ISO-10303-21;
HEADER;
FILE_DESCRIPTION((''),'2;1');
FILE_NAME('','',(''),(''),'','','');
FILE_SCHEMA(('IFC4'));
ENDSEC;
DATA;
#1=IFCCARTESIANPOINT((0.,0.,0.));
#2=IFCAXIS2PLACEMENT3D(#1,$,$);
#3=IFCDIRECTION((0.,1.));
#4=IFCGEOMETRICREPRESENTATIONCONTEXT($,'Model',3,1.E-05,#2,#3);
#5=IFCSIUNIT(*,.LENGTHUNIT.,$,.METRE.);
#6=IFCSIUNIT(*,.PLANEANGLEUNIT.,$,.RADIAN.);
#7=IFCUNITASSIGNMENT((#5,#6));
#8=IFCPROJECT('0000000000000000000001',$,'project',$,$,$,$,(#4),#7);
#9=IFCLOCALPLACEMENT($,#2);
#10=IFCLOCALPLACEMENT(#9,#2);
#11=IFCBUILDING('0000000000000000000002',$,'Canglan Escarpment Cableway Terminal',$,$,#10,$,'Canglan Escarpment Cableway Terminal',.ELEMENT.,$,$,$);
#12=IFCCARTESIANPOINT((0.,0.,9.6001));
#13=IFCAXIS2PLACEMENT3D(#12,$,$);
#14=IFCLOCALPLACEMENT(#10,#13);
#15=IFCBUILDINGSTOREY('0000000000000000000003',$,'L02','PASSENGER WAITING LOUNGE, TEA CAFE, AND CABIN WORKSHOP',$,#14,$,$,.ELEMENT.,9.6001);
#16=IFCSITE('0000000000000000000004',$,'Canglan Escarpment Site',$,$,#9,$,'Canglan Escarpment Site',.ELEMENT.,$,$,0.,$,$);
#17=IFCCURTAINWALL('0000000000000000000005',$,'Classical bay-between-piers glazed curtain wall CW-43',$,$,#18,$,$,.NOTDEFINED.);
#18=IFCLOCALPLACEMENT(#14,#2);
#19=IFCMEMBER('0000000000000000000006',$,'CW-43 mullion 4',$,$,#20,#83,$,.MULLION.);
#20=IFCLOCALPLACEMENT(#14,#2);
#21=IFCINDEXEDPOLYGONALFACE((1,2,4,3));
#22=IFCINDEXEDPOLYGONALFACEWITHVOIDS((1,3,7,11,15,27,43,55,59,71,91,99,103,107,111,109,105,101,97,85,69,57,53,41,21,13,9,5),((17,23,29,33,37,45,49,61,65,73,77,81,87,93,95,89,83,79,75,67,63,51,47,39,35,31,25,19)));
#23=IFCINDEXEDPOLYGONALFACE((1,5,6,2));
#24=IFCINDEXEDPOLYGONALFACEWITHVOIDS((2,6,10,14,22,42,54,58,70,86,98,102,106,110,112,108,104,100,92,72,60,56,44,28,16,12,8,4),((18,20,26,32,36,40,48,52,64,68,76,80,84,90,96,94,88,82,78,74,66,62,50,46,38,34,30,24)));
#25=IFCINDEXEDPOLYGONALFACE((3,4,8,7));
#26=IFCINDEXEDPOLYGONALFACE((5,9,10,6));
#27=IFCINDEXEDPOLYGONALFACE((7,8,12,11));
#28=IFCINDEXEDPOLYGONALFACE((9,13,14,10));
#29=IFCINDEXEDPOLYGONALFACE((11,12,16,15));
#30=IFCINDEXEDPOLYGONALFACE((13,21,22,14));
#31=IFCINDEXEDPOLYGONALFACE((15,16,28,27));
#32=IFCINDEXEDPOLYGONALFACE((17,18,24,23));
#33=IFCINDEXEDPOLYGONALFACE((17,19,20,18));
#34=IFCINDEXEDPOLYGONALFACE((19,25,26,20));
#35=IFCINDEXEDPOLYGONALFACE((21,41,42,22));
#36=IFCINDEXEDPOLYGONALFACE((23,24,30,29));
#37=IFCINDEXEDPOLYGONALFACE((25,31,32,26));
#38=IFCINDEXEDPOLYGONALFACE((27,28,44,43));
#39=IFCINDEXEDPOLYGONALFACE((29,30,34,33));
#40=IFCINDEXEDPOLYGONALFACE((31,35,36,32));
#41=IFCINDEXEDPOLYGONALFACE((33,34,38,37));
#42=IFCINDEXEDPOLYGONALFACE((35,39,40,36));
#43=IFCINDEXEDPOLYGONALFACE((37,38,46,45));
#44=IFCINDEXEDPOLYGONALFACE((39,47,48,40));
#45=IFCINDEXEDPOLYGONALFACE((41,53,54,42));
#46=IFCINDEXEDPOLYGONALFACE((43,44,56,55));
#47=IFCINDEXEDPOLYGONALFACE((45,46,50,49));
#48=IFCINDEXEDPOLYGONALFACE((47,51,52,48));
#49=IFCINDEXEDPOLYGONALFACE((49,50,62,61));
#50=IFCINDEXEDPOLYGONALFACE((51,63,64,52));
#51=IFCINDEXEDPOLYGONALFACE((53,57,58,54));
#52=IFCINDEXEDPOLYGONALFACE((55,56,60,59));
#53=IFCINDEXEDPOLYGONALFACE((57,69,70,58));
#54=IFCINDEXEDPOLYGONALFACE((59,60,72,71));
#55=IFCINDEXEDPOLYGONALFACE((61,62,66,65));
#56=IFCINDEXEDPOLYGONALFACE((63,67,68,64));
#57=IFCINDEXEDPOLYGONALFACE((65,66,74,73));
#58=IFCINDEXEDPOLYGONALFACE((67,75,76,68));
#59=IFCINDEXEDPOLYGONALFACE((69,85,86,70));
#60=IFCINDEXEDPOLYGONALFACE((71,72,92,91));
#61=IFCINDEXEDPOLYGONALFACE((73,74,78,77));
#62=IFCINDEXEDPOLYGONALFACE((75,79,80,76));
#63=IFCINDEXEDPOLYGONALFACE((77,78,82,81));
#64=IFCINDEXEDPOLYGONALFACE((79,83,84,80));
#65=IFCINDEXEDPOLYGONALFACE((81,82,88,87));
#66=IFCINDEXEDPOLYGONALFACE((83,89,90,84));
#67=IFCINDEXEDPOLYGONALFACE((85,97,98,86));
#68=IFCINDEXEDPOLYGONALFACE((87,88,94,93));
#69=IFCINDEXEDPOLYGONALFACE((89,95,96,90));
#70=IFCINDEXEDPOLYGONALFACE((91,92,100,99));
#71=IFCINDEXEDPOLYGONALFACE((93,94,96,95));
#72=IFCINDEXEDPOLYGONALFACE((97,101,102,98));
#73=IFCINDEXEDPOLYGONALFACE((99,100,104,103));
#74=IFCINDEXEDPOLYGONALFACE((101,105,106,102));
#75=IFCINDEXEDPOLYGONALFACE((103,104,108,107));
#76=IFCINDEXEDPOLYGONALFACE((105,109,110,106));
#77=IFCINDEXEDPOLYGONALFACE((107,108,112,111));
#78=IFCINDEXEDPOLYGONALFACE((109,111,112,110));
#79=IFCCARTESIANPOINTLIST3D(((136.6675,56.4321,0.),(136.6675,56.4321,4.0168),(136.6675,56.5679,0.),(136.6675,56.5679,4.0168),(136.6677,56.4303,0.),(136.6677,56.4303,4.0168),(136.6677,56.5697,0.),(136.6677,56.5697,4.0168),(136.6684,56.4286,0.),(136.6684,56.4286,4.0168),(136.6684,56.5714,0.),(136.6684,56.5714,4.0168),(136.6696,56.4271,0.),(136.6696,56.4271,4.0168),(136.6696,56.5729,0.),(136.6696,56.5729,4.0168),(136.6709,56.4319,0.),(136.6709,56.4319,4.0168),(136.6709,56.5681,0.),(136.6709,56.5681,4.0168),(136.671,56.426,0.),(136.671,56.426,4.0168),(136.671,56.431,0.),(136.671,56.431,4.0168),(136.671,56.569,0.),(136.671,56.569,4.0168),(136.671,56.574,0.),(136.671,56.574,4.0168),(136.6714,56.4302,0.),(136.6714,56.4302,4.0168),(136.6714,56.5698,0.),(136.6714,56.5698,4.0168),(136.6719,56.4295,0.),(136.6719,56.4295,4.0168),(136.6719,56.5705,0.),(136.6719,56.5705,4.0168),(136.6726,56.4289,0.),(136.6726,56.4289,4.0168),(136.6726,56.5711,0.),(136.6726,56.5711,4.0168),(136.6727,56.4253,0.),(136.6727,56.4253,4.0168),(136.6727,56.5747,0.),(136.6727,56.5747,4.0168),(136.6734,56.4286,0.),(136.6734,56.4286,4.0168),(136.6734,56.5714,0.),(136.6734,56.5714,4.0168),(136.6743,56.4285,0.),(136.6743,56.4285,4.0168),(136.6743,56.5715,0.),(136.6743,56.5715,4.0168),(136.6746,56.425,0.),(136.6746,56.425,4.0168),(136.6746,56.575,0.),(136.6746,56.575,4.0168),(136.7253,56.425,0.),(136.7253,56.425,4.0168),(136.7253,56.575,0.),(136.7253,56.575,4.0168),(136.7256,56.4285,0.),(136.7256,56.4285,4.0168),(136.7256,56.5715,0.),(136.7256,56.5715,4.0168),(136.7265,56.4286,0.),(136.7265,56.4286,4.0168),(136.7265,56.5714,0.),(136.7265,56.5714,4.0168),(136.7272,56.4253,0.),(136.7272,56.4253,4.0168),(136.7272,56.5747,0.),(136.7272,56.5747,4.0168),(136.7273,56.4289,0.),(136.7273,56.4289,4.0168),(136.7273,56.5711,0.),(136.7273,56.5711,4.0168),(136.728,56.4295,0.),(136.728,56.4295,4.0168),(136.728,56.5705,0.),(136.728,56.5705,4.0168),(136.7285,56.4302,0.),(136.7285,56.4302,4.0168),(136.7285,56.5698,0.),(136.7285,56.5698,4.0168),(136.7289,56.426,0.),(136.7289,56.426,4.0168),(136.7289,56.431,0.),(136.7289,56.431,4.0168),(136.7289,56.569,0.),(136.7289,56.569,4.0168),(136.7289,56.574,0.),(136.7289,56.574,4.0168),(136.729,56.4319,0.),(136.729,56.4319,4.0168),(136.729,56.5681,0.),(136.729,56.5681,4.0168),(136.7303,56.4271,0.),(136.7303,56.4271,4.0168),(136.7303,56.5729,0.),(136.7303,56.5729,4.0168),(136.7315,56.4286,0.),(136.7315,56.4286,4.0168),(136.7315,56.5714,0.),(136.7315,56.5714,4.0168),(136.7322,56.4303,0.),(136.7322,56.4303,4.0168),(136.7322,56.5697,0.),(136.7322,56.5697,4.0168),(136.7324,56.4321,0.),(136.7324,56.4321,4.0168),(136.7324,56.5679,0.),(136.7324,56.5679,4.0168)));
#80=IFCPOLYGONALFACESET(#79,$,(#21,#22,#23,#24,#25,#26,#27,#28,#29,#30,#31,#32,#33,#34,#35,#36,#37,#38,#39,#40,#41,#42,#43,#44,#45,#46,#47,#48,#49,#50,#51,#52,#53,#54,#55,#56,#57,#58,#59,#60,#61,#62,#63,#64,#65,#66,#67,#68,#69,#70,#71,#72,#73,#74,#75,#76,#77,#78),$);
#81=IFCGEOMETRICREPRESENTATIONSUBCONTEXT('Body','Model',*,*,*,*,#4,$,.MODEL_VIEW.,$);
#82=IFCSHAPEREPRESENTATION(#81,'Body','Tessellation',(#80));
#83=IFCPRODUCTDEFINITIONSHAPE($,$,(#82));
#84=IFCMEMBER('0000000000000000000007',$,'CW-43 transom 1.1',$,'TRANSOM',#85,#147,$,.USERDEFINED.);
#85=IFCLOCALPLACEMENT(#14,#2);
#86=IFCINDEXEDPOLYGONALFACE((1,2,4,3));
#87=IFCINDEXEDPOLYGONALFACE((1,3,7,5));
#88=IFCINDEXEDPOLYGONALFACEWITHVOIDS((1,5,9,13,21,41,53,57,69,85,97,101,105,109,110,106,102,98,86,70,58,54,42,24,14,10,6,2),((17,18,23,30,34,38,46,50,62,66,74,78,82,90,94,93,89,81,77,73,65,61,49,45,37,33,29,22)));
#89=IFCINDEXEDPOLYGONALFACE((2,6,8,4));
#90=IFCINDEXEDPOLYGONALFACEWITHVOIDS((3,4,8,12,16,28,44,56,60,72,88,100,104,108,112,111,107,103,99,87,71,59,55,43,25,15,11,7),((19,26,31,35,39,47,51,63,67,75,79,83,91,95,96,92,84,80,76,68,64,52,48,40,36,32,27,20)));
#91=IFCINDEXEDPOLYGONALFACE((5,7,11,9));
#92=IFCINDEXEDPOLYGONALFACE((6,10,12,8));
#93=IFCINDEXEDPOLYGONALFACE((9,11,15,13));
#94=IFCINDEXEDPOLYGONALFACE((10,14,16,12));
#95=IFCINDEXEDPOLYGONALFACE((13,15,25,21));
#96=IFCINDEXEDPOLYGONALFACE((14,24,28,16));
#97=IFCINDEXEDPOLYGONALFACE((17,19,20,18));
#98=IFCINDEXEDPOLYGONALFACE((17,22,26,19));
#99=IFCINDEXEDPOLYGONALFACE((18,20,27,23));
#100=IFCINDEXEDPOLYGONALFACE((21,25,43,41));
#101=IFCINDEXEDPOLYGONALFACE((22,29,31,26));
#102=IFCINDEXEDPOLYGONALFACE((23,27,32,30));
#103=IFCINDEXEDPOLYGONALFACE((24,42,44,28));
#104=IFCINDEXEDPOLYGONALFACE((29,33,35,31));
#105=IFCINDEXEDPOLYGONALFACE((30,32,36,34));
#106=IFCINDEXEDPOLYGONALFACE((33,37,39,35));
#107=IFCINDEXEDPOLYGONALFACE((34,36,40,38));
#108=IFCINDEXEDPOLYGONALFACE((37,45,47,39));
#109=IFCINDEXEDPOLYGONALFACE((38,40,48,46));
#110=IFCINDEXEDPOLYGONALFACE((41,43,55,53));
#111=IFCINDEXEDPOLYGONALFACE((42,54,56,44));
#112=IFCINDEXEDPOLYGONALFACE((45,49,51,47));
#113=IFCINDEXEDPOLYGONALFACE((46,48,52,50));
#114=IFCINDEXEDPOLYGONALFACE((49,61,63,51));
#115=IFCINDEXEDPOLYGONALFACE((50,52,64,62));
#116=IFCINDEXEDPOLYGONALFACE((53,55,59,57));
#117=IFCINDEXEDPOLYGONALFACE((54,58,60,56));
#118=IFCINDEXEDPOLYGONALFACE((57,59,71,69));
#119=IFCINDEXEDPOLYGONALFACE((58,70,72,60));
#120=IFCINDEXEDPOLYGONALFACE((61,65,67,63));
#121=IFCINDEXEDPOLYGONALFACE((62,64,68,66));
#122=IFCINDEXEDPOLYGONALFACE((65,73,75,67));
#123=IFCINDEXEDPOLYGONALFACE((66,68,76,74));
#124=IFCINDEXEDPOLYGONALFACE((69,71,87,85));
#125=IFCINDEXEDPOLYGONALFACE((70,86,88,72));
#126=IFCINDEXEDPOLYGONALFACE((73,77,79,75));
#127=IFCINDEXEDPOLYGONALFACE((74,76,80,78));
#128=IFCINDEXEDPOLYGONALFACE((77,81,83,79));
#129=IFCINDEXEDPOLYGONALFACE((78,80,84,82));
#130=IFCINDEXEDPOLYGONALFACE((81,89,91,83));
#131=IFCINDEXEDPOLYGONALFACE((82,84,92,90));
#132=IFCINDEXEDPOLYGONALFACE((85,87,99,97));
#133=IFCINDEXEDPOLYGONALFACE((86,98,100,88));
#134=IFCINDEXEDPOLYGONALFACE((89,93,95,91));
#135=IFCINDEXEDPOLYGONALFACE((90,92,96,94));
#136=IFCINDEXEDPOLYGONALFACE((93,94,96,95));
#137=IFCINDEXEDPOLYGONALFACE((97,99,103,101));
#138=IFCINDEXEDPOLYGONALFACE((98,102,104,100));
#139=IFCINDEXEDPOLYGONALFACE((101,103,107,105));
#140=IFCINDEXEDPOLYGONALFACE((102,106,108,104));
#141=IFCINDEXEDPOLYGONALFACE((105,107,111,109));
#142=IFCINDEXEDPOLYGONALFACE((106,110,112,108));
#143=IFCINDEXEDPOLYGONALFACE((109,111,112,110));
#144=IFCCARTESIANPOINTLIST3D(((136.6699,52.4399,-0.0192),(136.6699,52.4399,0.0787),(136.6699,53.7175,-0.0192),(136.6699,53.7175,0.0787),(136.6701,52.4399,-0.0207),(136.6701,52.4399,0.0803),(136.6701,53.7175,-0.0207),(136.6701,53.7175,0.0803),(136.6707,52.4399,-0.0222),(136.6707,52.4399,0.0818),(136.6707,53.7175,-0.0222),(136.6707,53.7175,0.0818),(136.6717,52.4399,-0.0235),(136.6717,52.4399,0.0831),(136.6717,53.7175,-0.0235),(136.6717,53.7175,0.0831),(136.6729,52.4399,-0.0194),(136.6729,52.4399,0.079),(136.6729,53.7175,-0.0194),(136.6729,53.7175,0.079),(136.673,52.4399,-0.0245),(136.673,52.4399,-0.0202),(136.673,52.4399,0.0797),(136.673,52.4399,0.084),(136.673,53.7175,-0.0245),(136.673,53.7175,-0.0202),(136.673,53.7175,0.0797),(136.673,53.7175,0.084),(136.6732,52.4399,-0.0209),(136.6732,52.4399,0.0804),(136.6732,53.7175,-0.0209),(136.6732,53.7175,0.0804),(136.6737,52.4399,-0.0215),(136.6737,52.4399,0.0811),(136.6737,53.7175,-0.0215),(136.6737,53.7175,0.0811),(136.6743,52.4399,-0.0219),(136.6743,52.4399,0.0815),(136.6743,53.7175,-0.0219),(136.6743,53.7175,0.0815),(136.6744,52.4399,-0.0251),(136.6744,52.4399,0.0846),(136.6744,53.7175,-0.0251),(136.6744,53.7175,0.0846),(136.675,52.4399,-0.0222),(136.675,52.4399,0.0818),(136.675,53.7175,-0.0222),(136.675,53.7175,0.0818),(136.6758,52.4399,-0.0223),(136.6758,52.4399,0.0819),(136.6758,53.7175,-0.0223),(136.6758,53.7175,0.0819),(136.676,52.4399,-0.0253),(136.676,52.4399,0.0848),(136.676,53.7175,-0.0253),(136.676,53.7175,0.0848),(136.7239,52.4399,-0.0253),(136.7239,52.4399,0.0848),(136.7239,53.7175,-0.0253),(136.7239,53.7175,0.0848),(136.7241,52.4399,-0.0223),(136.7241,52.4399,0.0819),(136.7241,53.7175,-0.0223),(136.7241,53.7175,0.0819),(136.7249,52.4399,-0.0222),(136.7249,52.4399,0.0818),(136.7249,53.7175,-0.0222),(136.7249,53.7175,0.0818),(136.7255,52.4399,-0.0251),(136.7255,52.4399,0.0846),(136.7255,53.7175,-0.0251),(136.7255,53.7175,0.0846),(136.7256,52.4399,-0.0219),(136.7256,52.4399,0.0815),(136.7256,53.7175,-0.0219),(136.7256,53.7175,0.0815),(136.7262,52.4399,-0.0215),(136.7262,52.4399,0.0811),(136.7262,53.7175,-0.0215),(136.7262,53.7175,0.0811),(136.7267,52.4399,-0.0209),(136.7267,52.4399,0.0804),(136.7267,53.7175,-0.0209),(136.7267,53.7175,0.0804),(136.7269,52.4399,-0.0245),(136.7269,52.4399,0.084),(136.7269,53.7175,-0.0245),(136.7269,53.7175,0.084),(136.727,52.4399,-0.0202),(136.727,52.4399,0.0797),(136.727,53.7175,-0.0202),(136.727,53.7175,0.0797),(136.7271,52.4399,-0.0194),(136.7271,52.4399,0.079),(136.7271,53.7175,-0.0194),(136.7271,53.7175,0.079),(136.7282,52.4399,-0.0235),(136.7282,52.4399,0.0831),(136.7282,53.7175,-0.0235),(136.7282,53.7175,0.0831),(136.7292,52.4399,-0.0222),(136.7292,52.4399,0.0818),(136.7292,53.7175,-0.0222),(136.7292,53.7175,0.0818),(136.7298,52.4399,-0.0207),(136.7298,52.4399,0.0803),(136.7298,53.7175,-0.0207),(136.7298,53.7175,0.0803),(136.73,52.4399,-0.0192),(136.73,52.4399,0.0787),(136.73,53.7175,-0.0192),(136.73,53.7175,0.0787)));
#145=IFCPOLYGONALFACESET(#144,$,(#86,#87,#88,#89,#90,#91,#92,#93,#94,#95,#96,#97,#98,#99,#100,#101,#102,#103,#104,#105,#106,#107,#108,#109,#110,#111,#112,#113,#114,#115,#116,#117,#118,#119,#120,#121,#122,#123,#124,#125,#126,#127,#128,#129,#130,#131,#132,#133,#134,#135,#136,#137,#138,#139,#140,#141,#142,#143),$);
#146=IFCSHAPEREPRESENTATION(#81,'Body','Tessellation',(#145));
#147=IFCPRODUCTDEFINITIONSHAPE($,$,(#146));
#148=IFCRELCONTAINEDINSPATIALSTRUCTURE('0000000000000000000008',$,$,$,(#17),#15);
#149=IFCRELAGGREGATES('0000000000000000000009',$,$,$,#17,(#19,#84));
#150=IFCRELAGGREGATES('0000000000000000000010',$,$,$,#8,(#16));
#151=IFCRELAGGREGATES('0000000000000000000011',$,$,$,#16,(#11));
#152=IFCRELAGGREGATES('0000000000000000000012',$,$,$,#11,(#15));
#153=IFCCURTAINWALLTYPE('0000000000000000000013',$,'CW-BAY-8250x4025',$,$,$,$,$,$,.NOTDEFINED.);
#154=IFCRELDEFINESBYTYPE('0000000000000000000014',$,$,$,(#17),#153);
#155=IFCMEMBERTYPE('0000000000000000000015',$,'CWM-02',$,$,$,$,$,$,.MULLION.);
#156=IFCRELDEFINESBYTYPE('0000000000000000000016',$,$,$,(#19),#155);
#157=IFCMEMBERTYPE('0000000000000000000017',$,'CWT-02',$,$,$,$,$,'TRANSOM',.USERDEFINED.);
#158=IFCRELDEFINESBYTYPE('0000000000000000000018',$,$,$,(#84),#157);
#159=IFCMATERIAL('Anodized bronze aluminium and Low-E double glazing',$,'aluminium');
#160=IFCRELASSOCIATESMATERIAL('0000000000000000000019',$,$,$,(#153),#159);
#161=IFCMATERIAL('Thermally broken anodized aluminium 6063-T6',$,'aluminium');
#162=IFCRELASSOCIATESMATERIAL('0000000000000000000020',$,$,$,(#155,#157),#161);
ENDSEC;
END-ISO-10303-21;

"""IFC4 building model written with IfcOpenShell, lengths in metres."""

from ifc_helpers import new_model, si_unit, direction, frame, origin, origin_2d, place, context, subcontext, project, spatial, hollow_rectangle, extrude, material, material_profile, profile_set, type_object, element, aggregate, save


model = new_model("IFC4")

# Units and contexts
model_context = context("Model", 3, precision=1e-05, world=origin(), true_north=direction((0.0, 1.0)))
body_context = subcontext(model_context, "Body", "Model", "MODEL_VIEW")
ifc_project = project(units=[si_unit("LENGTHUNIT", "METRE"), si_unit("PLANEANGLEUNIT", "RADIAN")], contexts=[model_context])

# Site, building, storey
site_placement = place(None, origin())
site = spatial("IfcSite", under=ifc_project, at=site_placement, Name="Canglan Escarpment Site", LongName="Canglan Escarpment Site", CompositionType="ELEMENT", RefElevation=0.0)
building_placement = place(site_placement, origin())
building = spatial("IfcBuilding", under=site, at=building_placement, Name="Canglan Escarpment Cableway Terminal", LongName="Canglan Escarpment Cableway Terminal", CompositionType="ELEMENT")
storey_placement = place(building_placement, frame((0.0, 0.0, 9.6001)))
storey = spatial("IfcBuildingStorey", under=building, at=storey_placement, Name="L02", Description="PASSENGER WAITING LOUNGE, TEA CAFE, AND CABIN WORKSHOP", CompositionType="ELEMENT", Elevation=9.6001)

# Curtain wall, members
ifc_material_1 = material(Name="Anodized bronze aluminium and Low-E double glazing", Category="aluminium")
curtain_wall_type = type_object("IfcCurtainWallType", Name="CW-BAY-8250x4025", PredefinedType="NOTDEFINED", material=ifc_material_1)
curtain_wall_placement = place(storey_placement, origin())
curtain_wall = element("IfcCurtainWall", 1, at=curtain_wall_placement, inside=storey, type_object=curtain_wall_type, Name="Classical bay-between-piers glazed curtain wall CW-43", PredefinedType="NOTDEFINED")
ifc_material_2 = material(Name="Thermally broken anodized aluminium 6063-T6", Category="aluminium")
ifc_material_profile_1 = material_profile(ifc_material_2, hollow_rectangle(XDim=0.0649, YDim=0.1499, WallThickness=0.0034, InnerFilletRadius=0.0034, OuterFilletRadius=0.0071, at=origin_2d()), Name="ALU-MULL 65x150x3.5")
ifc_profile_set_1 = profile_set([ifc_material_profile_1], Name="Thermally broken anodized aluminium 6063-T6")
member_type_1 = type_object("IfcMemberType", Name="CWM-02", PredefinedType="MULLION", material=ifc_profile_set_1)
member_1_placement = place(storey_placement, frame((136.7, 56.5, 0.0), z_axis=(0.0, 0.0, 1.0), x_axis=(-1.0, 0.0, 0.0)))
member_1 = element("IfcMember", 2, at=member_1_placement, type_object=member_type_1, Name="CW-43 mullion 4", PredefinedType="MULLION", context=body_context, shape_type="SweptSolid", body=[
    extrude(hollow_rectangle(XDim=0.0649, YDim=0.1499, WallThickness=0.0034, InnerFilletRadius=0.0034, OuterFilletRadius=0.0071, at=origin_2d()), origin(), (0.0, 0.0, 1.0), 4.0168),
])
ifc_material_profile_2 = material_profile(ifc_material_2, hollow_rectangle(XDim=0.0601, YDim=0.1101, WallThickness=0.0029, InnerFilletRadius=0.0029, OuterFilletRadius=0.0061, at=origin_2d()), Name="ALU-TRAN 60x110x3")
ifc_profile_set_2 = profile_set([ifc_material_profile_2], Name="Thermally broken anodized aluminium 6063-T6")
member_type_2 = type_object("IfcMemberType", Name="CWT-02", ElementType="TRANSOM", PredefinedType="USERDEFINED", material=ifc_profile_set_2)
member_2_placement = place(storey_placement, frame((136.7, 52.4399, 0.0298), z_axis=(0.0, 1.0, 0.0), x_axis=(-1.0, 0.0, 0.0)))
member_2 = element("IfcMember", 3, at=member_2_placement, type_object=member_type_2, Name="CW-43 transom 1.1", ObjectType="TRANSOM", PredefinedType="USERDEFINED", context=body_context, shape_type="SweptSolid", body=[
    extrude(hollow_rectangle(XDim=0.0601, YDim=0.1101, WallThickness=0.0029, InnerFilletRadius=0.0029, OuterFilletRadius=0.0061, at=origin_2d()), origin(), (0.0, 0.0, 1.0), 1.2776),
])
aggregate(curtain_wall, [member_1, member_2])

save(model, "model.ifc")
